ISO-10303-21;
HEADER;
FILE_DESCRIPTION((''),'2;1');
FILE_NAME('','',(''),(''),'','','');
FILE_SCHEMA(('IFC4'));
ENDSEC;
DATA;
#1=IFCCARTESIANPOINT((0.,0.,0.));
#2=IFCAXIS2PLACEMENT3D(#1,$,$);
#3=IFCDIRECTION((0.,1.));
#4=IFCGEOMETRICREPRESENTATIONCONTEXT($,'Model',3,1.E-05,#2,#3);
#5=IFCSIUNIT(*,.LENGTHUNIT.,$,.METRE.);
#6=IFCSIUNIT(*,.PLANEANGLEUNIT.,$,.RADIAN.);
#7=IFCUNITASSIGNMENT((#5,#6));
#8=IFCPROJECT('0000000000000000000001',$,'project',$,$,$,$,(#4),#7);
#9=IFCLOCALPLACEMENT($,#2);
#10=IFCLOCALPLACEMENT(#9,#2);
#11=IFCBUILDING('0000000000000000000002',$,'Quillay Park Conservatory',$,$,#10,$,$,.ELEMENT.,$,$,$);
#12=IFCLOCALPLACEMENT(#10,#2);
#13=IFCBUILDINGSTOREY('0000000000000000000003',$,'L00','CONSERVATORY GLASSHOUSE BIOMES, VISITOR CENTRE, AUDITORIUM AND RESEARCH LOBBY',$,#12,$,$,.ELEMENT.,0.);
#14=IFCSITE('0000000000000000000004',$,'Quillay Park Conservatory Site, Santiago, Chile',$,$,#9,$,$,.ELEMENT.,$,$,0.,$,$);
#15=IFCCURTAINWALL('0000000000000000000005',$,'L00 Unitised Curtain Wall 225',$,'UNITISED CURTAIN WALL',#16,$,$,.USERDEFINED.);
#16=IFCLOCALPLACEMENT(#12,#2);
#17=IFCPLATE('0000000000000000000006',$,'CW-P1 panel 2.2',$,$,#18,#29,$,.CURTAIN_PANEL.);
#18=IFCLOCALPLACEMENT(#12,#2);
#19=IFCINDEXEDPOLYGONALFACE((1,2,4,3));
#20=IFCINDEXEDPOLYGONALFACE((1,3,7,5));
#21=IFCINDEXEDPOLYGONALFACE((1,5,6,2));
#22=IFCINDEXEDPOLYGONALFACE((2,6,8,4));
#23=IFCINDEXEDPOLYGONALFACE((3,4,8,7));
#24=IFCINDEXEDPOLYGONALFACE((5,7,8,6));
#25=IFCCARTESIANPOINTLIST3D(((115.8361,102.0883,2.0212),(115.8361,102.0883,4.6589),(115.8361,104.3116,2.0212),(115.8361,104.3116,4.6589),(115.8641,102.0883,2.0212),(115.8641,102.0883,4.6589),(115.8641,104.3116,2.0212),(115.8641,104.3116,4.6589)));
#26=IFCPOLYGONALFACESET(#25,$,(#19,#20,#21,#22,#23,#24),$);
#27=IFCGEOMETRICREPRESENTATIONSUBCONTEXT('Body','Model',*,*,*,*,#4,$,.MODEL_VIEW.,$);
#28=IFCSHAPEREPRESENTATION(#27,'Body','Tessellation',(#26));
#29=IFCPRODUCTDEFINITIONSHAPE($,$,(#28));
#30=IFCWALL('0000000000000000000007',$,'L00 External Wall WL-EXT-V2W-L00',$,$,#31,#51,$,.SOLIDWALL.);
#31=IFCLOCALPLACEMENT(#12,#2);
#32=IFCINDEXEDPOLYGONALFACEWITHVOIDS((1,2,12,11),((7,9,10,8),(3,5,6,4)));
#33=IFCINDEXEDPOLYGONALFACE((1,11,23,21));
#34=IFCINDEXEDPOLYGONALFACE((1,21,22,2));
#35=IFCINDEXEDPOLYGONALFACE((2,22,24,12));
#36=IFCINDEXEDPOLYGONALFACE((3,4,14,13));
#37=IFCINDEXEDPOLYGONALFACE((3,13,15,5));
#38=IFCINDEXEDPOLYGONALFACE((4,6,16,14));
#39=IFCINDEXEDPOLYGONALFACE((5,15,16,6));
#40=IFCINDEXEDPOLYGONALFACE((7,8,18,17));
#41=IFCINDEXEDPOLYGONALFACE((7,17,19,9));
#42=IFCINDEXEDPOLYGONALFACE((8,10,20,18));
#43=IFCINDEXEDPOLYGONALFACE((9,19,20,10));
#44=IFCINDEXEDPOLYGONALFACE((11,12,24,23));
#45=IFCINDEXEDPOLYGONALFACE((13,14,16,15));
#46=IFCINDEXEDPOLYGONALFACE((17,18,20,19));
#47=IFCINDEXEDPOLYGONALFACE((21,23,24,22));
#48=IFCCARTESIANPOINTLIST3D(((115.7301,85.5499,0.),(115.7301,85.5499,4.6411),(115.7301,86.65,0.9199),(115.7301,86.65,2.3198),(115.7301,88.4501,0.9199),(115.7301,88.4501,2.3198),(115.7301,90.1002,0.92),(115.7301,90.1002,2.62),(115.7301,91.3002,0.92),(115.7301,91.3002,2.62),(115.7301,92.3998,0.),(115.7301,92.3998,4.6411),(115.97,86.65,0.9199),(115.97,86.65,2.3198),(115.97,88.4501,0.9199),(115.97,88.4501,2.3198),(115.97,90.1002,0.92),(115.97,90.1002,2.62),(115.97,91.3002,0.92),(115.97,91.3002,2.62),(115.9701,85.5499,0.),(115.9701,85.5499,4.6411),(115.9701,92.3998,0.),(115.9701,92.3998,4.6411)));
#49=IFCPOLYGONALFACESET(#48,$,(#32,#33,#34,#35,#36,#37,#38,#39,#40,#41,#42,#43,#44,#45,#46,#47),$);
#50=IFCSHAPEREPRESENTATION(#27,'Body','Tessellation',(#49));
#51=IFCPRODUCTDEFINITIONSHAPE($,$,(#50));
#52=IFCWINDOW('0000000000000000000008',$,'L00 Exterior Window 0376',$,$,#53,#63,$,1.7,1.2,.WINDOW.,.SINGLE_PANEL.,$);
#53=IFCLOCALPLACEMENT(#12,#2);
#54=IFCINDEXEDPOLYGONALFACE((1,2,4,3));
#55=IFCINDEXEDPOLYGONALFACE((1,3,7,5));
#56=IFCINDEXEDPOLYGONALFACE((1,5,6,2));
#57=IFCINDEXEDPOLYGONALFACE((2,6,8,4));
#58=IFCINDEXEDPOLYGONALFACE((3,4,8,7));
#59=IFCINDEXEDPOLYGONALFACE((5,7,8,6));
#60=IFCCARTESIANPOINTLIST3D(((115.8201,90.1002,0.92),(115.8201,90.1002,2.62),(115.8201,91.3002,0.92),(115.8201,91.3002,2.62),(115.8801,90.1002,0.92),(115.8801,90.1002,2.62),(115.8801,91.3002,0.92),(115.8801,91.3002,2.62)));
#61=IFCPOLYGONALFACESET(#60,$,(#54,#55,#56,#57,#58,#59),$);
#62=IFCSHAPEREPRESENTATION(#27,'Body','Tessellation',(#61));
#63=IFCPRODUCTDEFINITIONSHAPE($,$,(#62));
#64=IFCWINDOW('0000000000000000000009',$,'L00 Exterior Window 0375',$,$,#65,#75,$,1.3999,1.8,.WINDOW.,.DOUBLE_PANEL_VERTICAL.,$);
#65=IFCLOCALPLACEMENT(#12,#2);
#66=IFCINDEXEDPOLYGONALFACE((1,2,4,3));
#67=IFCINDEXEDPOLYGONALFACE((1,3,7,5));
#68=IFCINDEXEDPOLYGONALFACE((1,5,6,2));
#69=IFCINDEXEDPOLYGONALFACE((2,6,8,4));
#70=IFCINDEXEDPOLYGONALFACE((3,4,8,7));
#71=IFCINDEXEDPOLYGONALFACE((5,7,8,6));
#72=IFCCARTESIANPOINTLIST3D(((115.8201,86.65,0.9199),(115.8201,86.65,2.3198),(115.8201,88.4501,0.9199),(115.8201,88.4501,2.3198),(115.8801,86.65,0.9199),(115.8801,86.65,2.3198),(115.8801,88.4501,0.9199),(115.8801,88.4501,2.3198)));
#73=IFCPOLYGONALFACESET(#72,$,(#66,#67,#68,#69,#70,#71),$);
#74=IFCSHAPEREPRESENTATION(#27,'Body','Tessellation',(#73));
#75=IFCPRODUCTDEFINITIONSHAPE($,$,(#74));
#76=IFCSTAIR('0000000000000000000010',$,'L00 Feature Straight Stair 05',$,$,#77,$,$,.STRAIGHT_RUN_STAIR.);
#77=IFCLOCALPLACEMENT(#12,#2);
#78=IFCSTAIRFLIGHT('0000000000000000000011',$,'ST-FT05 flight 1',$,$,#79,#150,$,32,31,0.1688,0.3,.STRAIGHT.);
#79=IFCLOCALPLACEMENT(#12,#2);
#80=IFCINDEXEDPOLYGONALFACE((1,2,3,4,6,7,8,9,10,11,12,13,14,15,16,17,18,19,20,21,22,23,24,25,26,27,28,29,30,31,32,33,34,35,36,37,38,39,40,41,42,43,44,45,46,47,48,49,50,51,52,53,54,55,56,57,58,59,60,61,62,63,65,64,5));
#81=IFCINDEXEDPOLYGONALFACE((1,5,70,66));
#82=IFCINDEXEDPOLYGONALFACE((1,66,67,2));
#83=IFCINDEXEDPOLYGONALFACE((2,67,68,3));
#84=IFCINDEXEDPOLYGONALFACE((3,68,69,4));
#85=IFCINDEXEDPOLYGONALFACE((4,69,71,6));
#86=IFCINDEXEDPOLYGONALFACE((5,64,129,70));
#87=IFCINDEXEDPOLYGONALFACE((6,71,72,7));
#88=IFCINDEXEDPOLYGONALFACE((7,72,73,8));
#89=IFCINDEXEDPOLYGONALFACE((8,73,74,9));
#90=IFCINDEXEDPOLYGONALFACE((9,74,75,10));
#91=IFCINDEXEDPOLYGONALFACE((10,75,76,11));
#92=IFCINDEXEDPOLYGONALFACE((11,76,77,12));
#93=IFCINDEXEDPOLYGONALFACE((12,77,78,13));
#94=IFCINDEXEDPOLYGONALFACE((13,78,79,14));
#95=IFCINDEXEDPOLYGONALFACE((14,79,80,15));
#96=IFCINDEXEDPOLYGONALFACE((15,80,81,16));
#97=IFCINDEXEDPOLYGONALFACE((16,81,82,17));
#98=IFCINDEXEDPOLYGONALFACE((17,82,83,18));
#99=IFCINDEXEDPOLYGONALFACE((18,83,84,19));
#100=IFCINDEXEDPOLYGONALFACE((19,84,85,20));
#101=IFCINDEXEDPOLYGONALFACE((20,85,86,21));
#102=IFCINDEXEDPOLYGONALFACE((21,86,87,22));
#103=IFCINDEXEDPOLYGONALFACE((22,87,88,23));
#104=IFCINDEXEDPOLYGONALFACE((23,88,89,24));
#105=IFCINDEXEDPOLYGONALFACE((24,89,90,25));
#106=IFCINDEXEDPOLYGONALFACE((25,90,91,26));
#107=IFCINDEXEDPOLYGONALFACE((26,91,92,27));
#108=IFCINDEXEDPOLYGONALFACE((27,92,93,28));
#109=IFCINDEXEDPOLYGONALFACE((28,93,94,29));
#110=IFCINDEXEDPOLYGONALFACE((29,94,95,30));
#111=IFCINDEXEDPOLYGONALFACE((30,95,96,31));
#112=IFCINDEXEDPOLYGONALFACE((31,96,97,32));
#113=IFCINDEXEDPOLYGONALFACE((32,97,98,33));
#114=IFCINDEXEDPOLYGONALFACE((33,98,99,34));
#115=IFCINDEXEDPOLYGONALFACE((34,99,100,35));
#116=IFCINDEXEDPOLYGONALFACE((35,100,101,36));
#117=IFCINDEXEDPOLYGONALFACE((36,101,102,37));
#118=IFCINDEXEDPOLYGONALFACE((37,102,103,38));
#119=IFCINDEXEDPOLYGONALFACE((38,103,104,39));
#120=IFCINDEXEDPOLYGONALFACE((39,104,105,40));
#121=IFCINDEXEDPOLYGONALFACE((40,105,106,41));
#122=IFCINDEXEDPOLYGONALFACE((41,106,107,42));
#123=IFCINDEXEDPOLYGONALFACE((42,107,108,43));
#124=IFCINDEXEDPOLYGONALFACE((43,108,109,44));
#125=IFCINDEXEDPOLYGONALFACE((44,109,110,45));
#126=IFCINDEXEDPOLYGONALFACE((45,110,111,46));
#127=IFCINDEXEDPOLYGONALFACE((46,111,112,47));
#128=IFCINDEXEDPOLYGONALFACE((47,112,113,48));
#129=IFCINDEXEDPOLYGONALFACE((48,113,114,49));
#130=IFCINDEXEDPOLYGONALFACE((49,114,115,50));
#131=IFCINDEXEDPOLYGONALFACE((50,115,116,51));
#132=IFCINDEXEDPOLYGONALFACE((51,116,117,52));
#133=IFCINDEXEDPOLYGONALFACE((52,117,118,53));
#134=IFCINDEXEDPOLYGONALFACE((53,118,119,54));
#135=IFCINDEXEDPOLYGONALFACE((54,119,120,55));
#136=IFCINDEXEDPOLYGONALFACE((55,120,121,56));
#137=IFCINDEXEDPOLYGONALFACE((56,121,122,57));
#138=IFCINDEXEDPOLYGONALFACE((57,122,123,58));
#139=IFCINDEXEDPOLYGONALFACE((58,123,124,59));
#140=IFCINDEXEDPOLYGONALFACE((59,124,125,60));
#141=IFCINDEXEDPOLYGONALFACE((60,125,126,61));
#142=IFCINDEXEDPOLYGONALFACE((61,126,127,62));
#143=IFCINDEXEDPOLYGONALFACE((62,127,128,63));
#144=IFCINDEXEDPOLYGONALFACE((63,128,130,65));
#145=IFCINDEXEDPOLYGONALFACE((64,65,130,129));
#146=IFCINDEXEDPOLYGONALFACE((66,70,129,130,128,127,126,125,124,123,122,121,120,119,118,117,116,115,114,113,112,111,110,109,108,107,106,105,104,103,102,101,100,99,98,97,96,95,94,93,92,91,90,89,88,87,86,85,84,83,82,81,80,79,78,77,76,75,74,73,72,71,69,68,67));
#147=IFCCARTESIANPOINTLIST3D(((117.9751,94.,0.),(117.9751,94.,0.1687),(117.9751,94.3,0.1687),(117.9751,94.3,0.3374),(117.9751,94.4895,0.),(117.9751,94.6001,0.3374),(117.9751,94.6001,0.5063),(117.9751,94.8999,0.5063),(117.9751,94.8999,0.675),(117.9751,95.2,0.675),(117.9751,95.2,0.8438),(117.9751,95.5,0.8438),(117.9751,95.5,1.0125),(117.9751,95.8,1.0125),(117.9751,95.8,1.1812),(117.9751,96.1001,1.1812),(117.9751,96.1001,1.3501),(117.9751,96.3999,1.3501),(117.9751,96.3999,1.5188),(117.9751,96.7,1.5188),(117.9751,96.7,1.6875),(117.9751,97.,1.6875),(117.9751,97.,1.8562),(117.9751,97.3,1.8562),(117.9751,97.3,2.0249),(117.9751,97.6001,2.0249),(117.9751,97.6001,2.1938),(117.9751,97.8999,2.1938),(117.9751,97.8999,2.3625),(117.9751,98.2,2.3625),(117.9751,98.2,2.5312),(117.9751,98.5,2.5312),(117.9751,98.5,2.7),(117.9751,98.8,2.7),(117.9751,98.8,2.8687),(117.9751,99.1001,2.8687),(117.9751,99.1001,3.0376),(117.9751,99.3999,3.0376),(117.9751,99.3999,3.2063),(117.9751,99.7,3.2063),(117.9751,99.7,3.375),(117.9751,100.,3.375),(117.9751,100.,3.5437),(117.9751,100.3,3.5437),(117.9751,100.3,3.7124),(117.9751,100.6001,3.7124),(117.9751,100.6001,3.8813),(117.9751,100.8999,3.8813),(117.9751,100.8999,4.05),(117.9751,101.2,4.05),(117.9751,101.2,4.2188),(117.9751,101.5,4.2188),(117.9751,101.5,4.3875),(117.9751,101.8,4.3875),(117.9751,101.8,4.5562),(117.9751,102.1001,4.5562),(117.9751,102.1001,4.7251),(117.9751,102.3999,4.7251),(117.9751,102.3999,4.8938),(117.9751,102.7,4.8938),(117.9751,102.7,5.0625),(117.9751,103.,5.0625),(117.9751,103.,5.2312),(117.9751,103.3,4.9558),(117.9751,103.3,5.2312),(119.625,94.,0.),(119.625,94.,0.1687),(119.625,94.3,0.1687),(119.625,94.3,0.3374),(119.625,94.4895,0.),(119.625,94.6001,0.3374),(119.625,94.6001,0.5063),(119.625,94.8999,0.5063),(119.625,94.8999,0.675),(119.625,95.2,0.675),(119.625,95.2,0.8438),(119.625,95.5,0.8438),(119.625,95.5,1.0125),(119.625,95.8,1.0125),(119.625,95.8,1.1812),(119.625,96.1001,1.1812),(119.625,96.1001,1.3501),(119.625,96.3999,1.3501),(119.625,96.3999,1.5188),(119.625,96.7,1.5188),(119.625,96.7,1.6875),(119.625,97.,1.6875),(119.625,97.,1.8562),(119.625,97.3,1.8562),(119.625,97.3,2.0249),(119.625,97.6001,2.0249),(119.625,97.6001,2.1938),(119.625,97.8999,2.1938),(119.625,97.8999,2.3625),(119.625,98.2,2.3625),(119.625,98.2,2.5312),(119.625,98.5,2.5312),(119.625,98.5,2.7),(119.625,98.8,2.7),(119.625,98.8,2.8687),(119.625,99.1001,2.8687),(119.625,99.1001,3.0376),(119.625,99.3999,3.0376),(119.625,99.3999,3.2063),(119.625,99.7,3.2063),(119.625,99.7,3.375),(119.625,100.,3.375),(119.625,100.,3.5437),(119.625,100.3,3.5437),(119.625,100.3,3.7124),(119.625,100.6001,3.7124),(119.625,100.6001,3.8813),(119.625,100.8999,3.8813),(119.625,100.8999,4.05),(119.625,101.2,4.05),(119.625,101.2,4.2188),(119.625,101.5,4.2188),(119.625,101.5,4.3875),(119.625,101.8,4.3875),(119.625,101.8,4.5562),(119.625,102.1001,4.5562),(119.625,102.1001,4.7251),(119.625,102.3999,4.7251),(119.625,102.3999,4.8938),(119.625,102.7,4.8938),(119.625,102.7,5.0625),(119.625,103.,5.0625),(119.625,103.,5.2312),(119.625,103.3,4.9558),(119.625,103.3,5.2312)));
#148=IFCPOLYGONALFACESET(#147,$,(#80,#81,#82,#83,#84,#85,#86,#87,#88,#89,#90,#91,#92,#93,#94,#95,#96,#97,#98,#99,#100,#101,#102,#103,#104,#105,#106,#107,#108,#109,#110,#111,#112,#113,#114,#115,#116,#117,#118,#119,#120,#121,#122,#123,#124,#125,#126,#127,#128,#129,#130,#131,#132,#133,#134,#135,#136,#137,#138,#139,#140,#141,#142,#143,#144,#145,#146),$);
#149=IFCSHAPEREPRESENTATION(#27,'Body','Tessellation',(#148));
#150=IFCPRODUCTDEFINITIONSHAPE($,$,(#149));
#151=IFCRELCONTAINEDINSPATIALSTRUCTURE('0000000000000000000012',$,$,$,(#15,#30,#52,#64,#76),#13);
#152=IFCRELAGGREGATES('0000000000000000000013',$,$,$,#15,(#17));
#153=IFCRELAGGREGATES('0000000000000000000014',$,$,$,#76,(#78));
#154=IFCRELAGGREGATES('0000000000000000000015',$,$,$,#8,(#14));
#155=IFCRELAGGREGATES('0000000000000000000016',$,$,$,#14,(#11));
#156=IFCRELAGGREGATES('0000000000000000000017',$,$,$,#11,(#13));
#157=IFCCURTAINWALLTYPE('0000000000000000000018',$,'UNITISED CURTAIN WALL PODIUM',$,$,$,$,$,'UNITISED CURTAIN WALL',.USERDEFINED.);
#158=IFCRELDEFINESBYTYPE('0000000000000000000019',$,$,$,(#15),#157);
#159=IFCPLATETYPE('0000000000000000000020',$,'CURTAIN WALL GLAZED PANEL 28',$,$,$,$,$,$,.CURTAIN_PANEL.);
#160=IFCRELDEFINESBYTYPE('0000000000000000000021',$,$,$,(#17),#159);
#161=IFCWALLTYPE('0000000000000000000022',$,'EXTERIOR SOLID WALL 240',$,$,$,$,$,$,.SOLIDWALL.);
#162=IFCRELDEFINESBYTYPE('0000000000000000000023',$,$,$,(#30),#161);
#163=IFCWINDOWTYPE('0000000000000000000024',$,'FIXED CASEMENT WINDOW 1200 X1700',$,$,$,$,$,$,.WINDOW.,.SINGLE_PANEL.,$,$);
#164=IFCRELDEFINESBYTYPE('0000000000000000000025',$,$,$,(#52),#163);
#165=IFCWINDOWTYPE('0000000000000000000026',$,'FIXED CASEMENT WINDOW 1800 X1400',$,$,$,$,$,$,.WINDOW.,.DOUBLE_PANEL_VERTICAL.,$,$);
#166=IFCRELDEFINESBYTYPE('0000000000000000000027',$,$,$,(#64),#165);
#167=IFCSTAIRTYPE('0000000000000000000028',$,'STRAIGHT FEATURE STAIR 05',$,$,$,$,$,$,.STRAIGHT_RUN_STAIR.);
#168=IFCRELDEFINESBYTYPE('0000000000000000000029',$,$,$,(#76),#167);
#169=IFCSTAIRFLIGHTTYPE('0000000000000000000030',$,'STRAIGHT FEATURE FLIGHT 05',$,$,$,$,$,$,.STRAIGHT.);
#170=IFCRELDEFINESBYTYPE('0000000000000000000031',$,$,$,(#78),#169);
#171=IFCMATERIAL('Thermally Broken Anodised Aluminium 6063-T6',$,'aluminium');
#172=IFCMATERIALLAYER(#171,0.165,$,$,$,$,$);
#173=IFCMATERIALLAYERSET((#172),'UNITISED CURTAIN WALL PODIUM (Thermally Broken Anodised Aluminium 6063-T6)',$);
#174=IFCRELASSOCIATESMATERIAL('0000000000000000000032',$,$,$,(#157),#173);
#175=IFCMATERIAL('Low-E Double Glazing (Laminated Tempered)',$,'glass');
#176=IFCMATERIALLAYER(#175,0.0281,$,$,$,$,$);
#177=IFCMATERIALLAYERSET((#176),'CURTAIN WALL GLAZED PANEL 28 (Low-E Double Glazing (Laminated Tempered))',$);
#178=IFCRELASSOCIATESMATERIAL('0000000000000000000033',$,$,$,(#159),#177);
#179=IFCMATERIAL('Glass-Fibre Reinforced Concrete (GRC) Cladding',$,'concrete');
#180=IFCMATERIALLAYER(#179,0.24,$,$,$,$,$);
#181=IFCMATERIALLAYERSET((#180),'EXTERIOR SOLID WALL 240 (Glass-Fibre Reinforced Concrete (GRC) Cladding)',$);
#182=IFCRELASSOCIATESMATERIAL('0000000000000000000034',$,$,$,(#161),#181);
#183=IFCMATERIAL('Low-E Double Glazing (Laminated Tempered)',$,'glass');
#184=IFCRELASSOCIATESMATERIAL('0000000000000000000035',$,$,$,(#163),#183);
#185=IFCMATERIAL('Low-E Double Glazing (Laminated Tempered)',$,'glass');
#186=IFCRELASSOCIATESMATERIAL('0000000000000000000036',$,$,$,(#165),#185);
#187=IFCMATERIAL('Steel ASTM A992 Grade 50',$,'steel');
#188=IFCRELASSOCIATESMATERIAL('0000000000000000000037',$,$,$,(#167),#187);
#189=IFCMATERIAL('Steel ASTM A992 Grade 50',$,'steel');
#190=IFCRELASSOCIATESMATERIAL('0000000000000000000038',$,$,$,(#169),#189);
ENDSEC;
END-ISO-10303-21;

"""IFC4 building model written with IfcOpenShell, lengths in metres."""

from ifc_helpers import new_model, si_unit, direction, frame, frame_2d, origin, origin_2d, place, context, subcontext, project, spatial, polyline, rectangle, outline, extrude, material, layer, layer_set, type_object, element, fill, aggregate, save


model = new_model("IFC4")

# Units and contexts
model_context = context("Model", 3, precision=1e-05, world=origin(), true_north=direction((0.0, 1.0)))
body_context = subcontext(model_context, "Body", "Model", "MODEL_VIEW")
ifc_project = project(units=[si_unit("LENGTHUNIT", "METRE"), si_unit("PLANEANGLEUNIT", "RADIAN")], contexts=[model_context])

# Site, building, storey
site_placement = place(None, origin())
site = spatial("IfcSite", under=ifc_project, at=site_placement, Name="Quillay Park Conservatory Site, Santiago, Chile", CompositionType="ELEMENT", RefElevation=0.0)
building_placement = place(site_placement, origin())
building = spatial("IfcBuilding", under=site, at=building_placement, Name="Quillay Park Conservatory", CompositionType="ELEMENT")
storey_placement = place(building_placement, origin())
storey = spatial("IfcBuildingStorey", under=building, at=storey_placement, Name="L00", Description="CONSERVATORY GLASSHOUSE BIOMES, VISITOR CENTRE, AUDITORIUM AND RESEARCH LOBBY", CompositionType="ELEMENT", Elevation=0.0)

# Curtain wall
ifc_material_1 = material(Name="Thermally Broken Anodised Aluminium 6063-T6", Category="aluminium")
ifc_layer_1 = layer(ifc_material_1, 0.165)
ifc_layer_set_1 = layer_set([ifc_layer_1], Name="UNITISED CURTAIN WALL PODIUM (Thermally Broken Anodised Aluminium 6063-T6)")
curtain_wall_type = type_object("IfcCurtainWallType", Name="UNITISED CURTAIN WALL PODIUM", ElementType="UNITISED CURTAIN WALL", PredefinedType="USERDEFINED", material=ifc_layer_set_1)
curtain_wall_placement = place(storey_placement, origin())
curtain_wall = element("IfcCurtainWall", 1, at=curtain_wall_placement, inside=storey, type_object=curtain_wall_type, Name="L00 Unitised Curtain Wall 225", ObjectType="UNITISED CURTAIN WALL", PredefinedType="USERDEFINED")

# Plate
ifc_material_2 = material(Name="Low-E Double Glazing (Laminated Tempered)", Category="glass")
ifc_layer_2 = layer(ifc_material_2, 0.0281)
ifc_layer_set_2 = layer_set([ifc_layer_2], Name="CURTAIN WALL GLAZED PANEL 28 (Low-E Double Glazing (Laminated Tempered))")
plate_type = type_object("IfcPlateType", Name="CURTAIN WALL GLAZED PANEL 28", PredefinedType="CURTAIN_PANEL", material=ifc_layer_set_2)
plate_1_placement = place(storey_placement, frame((115.8501, 103.2, 2.0212), z_axis=(0.0, 0.0, 1.0), x_axis=(0.0, 1.0, 0.0)))
plate_1 = element("IfcPlate", 2, at=plate_1_placement, type_object=plate_type, Name="CW-P1 panel 2.2", PredefinedType="CURTAIN_PANEL", context=body_context, shape_type="SweptSolid", body=[
    extrude(rectangle(XDim=2.2234, YDim=0.0281, at=origin_2d()), origin(), (0.0, 0.0, 1.0), 2.6377),
])
aggregate(curtain_wall, [plate_1])

# Wall, openings, windows
ifc_material_3 = material(Name="Glass-Fibre Reinforced Concrete (GRC) Cladding", Category="concrete")
ifc_layer_3 = layer(ifc_material_3, 0.24)
ifc_layer_set_3 = layer_set([ifc_layer_3], Name="EXTERIOR SOLID WALL 240 (Glass-Fibre Reinforced Concrete (GRC) Cladding)")
wall_type = type_object("IfcWallType", Name="EXTERIOR SOLID WALL 240", PredefinedType="SOLIDWALL", material=ifc_layer_set_3)
wall_placement = place(storey_placement, frame((115.8501, 85.55, 0.0), z_axis=(0.0, 0.0, 1.0), x_axis=(0.0, 1.0, 0.0)))
wall = element("IfcWall", 3, at=wall_placement, inside=storey, type_object=wall_type, Name="L00 External Wall WL-EXT-V2W-L00", PredefinedType="SOLIDWALL", context=body_context, shape_type="SweptSolid", body=[
    extrude(rectangle(XDim=6.8499, YDim=0.24, at=frame_2d((3.4248, 0.0))), origin(), (0.0, 0.0, 1.0), 4.6411),
])
opening_1_placement = place(wall_placement, frame((1.1001, 0.0, 0.9199)))
opening_1 = element("IfcOpeningElement", 4, at=opening_1_placement, cuts=wall, PredefinedType="OPENING", context=body_context, shape_type="SweptSolid", body=[
    extrude(rectangle(XDim=1.8, YDim=1.3999, at=frame_2d((0.8999, 0.7))), frame((0.0, 0.1201, 0.0), z_axis=(0.0, -1.0, 0.0), x_axis=(1.0, 0.0, 0.0)), (0.0, 0.0, 1.0), 0.24),
])
opening_2_placement = place(wall_placement, frame((4.55, 0.0, 0.9199)))
opening_2 = element("IfcOpeningElement", 5, at=opening_2_placement, cuts=wall, PredefinedType="OPENING", context=body_context, shape_type="SweptSolid", body=[
    extrude(rectangle(XDim=1.2, YDim=1.7, at=frame_2d((0.6001, 0.8501))), frame((0.0, 0.1201, 0.0), z_axis=(0.0, -1.0, 0.0), x_axis=(1.0, 0.0, 0.0)), (0.0, 0.0, 1.0), 0.24),
])
ifc_material_4 = material(Name="Low-E Double Glazing (Laminated Tempered)", Category="glass")
window_type_1 = type_object("IfcWindowType", Name="FIXED CASEMENT WINDOW 1200 X1700", PartitioningType="SINGLE_PANEL", PredefinedType="WINDOW", material=ifc_material_4)
window_1_placement = place(opening_2_placement, origin())
window_1 = element("IfcWindow", 6, at=window_1_placement, inside=storey, type_object=window_type_1, Name="L00 Exterior Window 0376", OverallHeight=1.7, OverallWidth=1.2, PartitioningType="SINGLE_PANEL", PredefinedType="WINDOW", context=body_context, shape_type="SweptSolid", body=[
    extrude(rectangle(XDim=1.2, YDim=1.7, at=frame_2d((0.6001, 0.8501))), frame((0.0, 0.03, 0.0), z_axis=(0.0, -1.0, 0.0), x_axis=(1.0, 0.0, 0.0)), (0.0, 0.0, 1.0), 0.0601),
])
fill(opening_2, window_1)
ifc_material_5 = material(Name="Low-E Double Glazing (Laminated Tempered)", Category="glass")
window_type_2 = type_object("IfcWindowType", Name="FIXED CASEMENT WINDOW 1800 X1400", PartitioningType="DOUBLE_PANEL_VERTICAL", PredefinedType="WINDOW", material=ifc_material_5)
window_2_placement = place(opening_1_placement, origin())
window_2 = element("IfcWindow", 7, at=window_2_placement, inside=storey, type_object=window_type_2, Name="L00 Exterior Window 0375", OverallHeight=1.3999, OverallWidth=1.8, PartitioningType="DOUBLE_PANEL_VERTICAL", PredefinedType="WINDOW", context=body_context, shape_type="SweptSolid", body=[
    extrude(rectangle(XDim=1.8, YDim=1.3999, at=frame_2d((0.8999, 0.7))), frame((0.0, 0.03, 0.0), z_axis=(0.0, -1.0, 0.0), x_axis=(1.0, 0.0, 0.0)), (0.0, 0.0, 1.0), 0.0601),
])
fill(opening_1, window_2)

# Stair, stair flight
ifc_material_6 = material(Name="Steel ASTM A992 Grade 50", Category="steel")
stair_type_1 = type_object("IfcStairType", Name="STRAIGHT FEATURE STAIR 05", PredefinedType="STRAIGHT_RUN_STAIR", material=ifc_material_6)
stair_1_placement = place(storey_placement, origin())
stair_1 = element("IfcStair", 8, at=stair_1_placement, inside=storey, type_object=stair_type_1, Name="L00 Feature Straight Stair 05", PredefinedType="STRAIGHT_RUN_STAIR")
ifc_material_7 = material(Name="Steel ASTM A992 Grade 50", Category="steel")
stair_flight_type_1 = type_object("IfcStairFlightType", Name="STRAIGHT FEATURE FLIGHT 05", PredefinedType="STRAIGHT", material=ifc_material_7)
stair_flight_1_placement = place(storey_placement, frame((118.8, 94.0, 0.0), z_axis=(0.0, 0.0, 1.0), x_axis=(0.0, 1.0, 0.0)))
stair_flight_1 = element("IfcStairFlight", 9, at=stair_flight_1_placement, type_object=stair_flight_type_1, Name="ST-FT05 flight 1", NumberOfRisers=32, NumberOfTreads=31, PredefinedType="STRAIGHT", RiserHeight=0.1688, TreadLength=0.3, context=body_context, shape_type="SweptSolid", body=[
    extrude(outline(polyline([(0.0, 0.0), (0.0, 0.1687), (0.3, 0.1687), (0.3, 0.3374), (0.6001, 0.3374), (0.6001, 0.5063), (0.8999, 0.5063), (0.8999, 0.675), (1.2, 0.675), (1.2, 0.8438), (1.5, 0.8438), (1.5, 1.0125), (1.8, 1.0125), (1.8, 1.1812), (2.1001, 1.1812), (2.1001, 1.3501), (2.3999, 1.3501), (2.3999, 1.5188), (2.7, 1.5188), (2.7, 1.6875), (3.0, 1.6875), (3.0, 1.8562), (3.3, 1.8562), (3.3, 2.0249), (3.6001, 2.0249), (3.6001, 2.1938), (3.8999, 2.1938), (3.8999, 2.3625), (4.2, 2.3625), (4.2, 2.5312), (4.5, 2.5312), (4.5, 2.7), (4.8, 2.7), (4.8, 2.8687), (5.1001, 2.8687), (5.1001, 3.0376), (5.3999, 3.0376), (5.3999, 3.2063), (5.7, 3.2063), (5.7, 3.375), (6.0, 3.375), (6.0, 3.5437), (6.3, 3.5437), (6.3, 3.7124), (6.6001, 3.7124), (6.6001, 3.8813), (6.8999, 3.8813), (6.8999, 4.05), (7.2, 4.05), (7.2, 4.2188), (7.5, 4.2188), (7.5, 4.3875), (7.8, 4.3875), (7.8, 4.5562), (8.1001, 4.5562), (8.1001, 4.7251), (8.3999, 4.7251), (8.3999, 4.8938), (8.7, 4.8938), (8.7, 5.0625), (9.0, 5.0625), (9.0, 5.2312), (9.3, 5.2312), (9.3, 5.3999), (9.3, 4.9558), (0.4895, 0.0), (0.0, 0.0)])), frame((0.0, 0.825, 0.0), z_axis=(0.0, -1.0, 0.0), x_axis=(1.0, 0.0, 0.0)), (0.0, 0.0, 1.0), 1.6499),
])
aggregate(stair_1, [stair_flight_1])

save(model, "model.ifc")
